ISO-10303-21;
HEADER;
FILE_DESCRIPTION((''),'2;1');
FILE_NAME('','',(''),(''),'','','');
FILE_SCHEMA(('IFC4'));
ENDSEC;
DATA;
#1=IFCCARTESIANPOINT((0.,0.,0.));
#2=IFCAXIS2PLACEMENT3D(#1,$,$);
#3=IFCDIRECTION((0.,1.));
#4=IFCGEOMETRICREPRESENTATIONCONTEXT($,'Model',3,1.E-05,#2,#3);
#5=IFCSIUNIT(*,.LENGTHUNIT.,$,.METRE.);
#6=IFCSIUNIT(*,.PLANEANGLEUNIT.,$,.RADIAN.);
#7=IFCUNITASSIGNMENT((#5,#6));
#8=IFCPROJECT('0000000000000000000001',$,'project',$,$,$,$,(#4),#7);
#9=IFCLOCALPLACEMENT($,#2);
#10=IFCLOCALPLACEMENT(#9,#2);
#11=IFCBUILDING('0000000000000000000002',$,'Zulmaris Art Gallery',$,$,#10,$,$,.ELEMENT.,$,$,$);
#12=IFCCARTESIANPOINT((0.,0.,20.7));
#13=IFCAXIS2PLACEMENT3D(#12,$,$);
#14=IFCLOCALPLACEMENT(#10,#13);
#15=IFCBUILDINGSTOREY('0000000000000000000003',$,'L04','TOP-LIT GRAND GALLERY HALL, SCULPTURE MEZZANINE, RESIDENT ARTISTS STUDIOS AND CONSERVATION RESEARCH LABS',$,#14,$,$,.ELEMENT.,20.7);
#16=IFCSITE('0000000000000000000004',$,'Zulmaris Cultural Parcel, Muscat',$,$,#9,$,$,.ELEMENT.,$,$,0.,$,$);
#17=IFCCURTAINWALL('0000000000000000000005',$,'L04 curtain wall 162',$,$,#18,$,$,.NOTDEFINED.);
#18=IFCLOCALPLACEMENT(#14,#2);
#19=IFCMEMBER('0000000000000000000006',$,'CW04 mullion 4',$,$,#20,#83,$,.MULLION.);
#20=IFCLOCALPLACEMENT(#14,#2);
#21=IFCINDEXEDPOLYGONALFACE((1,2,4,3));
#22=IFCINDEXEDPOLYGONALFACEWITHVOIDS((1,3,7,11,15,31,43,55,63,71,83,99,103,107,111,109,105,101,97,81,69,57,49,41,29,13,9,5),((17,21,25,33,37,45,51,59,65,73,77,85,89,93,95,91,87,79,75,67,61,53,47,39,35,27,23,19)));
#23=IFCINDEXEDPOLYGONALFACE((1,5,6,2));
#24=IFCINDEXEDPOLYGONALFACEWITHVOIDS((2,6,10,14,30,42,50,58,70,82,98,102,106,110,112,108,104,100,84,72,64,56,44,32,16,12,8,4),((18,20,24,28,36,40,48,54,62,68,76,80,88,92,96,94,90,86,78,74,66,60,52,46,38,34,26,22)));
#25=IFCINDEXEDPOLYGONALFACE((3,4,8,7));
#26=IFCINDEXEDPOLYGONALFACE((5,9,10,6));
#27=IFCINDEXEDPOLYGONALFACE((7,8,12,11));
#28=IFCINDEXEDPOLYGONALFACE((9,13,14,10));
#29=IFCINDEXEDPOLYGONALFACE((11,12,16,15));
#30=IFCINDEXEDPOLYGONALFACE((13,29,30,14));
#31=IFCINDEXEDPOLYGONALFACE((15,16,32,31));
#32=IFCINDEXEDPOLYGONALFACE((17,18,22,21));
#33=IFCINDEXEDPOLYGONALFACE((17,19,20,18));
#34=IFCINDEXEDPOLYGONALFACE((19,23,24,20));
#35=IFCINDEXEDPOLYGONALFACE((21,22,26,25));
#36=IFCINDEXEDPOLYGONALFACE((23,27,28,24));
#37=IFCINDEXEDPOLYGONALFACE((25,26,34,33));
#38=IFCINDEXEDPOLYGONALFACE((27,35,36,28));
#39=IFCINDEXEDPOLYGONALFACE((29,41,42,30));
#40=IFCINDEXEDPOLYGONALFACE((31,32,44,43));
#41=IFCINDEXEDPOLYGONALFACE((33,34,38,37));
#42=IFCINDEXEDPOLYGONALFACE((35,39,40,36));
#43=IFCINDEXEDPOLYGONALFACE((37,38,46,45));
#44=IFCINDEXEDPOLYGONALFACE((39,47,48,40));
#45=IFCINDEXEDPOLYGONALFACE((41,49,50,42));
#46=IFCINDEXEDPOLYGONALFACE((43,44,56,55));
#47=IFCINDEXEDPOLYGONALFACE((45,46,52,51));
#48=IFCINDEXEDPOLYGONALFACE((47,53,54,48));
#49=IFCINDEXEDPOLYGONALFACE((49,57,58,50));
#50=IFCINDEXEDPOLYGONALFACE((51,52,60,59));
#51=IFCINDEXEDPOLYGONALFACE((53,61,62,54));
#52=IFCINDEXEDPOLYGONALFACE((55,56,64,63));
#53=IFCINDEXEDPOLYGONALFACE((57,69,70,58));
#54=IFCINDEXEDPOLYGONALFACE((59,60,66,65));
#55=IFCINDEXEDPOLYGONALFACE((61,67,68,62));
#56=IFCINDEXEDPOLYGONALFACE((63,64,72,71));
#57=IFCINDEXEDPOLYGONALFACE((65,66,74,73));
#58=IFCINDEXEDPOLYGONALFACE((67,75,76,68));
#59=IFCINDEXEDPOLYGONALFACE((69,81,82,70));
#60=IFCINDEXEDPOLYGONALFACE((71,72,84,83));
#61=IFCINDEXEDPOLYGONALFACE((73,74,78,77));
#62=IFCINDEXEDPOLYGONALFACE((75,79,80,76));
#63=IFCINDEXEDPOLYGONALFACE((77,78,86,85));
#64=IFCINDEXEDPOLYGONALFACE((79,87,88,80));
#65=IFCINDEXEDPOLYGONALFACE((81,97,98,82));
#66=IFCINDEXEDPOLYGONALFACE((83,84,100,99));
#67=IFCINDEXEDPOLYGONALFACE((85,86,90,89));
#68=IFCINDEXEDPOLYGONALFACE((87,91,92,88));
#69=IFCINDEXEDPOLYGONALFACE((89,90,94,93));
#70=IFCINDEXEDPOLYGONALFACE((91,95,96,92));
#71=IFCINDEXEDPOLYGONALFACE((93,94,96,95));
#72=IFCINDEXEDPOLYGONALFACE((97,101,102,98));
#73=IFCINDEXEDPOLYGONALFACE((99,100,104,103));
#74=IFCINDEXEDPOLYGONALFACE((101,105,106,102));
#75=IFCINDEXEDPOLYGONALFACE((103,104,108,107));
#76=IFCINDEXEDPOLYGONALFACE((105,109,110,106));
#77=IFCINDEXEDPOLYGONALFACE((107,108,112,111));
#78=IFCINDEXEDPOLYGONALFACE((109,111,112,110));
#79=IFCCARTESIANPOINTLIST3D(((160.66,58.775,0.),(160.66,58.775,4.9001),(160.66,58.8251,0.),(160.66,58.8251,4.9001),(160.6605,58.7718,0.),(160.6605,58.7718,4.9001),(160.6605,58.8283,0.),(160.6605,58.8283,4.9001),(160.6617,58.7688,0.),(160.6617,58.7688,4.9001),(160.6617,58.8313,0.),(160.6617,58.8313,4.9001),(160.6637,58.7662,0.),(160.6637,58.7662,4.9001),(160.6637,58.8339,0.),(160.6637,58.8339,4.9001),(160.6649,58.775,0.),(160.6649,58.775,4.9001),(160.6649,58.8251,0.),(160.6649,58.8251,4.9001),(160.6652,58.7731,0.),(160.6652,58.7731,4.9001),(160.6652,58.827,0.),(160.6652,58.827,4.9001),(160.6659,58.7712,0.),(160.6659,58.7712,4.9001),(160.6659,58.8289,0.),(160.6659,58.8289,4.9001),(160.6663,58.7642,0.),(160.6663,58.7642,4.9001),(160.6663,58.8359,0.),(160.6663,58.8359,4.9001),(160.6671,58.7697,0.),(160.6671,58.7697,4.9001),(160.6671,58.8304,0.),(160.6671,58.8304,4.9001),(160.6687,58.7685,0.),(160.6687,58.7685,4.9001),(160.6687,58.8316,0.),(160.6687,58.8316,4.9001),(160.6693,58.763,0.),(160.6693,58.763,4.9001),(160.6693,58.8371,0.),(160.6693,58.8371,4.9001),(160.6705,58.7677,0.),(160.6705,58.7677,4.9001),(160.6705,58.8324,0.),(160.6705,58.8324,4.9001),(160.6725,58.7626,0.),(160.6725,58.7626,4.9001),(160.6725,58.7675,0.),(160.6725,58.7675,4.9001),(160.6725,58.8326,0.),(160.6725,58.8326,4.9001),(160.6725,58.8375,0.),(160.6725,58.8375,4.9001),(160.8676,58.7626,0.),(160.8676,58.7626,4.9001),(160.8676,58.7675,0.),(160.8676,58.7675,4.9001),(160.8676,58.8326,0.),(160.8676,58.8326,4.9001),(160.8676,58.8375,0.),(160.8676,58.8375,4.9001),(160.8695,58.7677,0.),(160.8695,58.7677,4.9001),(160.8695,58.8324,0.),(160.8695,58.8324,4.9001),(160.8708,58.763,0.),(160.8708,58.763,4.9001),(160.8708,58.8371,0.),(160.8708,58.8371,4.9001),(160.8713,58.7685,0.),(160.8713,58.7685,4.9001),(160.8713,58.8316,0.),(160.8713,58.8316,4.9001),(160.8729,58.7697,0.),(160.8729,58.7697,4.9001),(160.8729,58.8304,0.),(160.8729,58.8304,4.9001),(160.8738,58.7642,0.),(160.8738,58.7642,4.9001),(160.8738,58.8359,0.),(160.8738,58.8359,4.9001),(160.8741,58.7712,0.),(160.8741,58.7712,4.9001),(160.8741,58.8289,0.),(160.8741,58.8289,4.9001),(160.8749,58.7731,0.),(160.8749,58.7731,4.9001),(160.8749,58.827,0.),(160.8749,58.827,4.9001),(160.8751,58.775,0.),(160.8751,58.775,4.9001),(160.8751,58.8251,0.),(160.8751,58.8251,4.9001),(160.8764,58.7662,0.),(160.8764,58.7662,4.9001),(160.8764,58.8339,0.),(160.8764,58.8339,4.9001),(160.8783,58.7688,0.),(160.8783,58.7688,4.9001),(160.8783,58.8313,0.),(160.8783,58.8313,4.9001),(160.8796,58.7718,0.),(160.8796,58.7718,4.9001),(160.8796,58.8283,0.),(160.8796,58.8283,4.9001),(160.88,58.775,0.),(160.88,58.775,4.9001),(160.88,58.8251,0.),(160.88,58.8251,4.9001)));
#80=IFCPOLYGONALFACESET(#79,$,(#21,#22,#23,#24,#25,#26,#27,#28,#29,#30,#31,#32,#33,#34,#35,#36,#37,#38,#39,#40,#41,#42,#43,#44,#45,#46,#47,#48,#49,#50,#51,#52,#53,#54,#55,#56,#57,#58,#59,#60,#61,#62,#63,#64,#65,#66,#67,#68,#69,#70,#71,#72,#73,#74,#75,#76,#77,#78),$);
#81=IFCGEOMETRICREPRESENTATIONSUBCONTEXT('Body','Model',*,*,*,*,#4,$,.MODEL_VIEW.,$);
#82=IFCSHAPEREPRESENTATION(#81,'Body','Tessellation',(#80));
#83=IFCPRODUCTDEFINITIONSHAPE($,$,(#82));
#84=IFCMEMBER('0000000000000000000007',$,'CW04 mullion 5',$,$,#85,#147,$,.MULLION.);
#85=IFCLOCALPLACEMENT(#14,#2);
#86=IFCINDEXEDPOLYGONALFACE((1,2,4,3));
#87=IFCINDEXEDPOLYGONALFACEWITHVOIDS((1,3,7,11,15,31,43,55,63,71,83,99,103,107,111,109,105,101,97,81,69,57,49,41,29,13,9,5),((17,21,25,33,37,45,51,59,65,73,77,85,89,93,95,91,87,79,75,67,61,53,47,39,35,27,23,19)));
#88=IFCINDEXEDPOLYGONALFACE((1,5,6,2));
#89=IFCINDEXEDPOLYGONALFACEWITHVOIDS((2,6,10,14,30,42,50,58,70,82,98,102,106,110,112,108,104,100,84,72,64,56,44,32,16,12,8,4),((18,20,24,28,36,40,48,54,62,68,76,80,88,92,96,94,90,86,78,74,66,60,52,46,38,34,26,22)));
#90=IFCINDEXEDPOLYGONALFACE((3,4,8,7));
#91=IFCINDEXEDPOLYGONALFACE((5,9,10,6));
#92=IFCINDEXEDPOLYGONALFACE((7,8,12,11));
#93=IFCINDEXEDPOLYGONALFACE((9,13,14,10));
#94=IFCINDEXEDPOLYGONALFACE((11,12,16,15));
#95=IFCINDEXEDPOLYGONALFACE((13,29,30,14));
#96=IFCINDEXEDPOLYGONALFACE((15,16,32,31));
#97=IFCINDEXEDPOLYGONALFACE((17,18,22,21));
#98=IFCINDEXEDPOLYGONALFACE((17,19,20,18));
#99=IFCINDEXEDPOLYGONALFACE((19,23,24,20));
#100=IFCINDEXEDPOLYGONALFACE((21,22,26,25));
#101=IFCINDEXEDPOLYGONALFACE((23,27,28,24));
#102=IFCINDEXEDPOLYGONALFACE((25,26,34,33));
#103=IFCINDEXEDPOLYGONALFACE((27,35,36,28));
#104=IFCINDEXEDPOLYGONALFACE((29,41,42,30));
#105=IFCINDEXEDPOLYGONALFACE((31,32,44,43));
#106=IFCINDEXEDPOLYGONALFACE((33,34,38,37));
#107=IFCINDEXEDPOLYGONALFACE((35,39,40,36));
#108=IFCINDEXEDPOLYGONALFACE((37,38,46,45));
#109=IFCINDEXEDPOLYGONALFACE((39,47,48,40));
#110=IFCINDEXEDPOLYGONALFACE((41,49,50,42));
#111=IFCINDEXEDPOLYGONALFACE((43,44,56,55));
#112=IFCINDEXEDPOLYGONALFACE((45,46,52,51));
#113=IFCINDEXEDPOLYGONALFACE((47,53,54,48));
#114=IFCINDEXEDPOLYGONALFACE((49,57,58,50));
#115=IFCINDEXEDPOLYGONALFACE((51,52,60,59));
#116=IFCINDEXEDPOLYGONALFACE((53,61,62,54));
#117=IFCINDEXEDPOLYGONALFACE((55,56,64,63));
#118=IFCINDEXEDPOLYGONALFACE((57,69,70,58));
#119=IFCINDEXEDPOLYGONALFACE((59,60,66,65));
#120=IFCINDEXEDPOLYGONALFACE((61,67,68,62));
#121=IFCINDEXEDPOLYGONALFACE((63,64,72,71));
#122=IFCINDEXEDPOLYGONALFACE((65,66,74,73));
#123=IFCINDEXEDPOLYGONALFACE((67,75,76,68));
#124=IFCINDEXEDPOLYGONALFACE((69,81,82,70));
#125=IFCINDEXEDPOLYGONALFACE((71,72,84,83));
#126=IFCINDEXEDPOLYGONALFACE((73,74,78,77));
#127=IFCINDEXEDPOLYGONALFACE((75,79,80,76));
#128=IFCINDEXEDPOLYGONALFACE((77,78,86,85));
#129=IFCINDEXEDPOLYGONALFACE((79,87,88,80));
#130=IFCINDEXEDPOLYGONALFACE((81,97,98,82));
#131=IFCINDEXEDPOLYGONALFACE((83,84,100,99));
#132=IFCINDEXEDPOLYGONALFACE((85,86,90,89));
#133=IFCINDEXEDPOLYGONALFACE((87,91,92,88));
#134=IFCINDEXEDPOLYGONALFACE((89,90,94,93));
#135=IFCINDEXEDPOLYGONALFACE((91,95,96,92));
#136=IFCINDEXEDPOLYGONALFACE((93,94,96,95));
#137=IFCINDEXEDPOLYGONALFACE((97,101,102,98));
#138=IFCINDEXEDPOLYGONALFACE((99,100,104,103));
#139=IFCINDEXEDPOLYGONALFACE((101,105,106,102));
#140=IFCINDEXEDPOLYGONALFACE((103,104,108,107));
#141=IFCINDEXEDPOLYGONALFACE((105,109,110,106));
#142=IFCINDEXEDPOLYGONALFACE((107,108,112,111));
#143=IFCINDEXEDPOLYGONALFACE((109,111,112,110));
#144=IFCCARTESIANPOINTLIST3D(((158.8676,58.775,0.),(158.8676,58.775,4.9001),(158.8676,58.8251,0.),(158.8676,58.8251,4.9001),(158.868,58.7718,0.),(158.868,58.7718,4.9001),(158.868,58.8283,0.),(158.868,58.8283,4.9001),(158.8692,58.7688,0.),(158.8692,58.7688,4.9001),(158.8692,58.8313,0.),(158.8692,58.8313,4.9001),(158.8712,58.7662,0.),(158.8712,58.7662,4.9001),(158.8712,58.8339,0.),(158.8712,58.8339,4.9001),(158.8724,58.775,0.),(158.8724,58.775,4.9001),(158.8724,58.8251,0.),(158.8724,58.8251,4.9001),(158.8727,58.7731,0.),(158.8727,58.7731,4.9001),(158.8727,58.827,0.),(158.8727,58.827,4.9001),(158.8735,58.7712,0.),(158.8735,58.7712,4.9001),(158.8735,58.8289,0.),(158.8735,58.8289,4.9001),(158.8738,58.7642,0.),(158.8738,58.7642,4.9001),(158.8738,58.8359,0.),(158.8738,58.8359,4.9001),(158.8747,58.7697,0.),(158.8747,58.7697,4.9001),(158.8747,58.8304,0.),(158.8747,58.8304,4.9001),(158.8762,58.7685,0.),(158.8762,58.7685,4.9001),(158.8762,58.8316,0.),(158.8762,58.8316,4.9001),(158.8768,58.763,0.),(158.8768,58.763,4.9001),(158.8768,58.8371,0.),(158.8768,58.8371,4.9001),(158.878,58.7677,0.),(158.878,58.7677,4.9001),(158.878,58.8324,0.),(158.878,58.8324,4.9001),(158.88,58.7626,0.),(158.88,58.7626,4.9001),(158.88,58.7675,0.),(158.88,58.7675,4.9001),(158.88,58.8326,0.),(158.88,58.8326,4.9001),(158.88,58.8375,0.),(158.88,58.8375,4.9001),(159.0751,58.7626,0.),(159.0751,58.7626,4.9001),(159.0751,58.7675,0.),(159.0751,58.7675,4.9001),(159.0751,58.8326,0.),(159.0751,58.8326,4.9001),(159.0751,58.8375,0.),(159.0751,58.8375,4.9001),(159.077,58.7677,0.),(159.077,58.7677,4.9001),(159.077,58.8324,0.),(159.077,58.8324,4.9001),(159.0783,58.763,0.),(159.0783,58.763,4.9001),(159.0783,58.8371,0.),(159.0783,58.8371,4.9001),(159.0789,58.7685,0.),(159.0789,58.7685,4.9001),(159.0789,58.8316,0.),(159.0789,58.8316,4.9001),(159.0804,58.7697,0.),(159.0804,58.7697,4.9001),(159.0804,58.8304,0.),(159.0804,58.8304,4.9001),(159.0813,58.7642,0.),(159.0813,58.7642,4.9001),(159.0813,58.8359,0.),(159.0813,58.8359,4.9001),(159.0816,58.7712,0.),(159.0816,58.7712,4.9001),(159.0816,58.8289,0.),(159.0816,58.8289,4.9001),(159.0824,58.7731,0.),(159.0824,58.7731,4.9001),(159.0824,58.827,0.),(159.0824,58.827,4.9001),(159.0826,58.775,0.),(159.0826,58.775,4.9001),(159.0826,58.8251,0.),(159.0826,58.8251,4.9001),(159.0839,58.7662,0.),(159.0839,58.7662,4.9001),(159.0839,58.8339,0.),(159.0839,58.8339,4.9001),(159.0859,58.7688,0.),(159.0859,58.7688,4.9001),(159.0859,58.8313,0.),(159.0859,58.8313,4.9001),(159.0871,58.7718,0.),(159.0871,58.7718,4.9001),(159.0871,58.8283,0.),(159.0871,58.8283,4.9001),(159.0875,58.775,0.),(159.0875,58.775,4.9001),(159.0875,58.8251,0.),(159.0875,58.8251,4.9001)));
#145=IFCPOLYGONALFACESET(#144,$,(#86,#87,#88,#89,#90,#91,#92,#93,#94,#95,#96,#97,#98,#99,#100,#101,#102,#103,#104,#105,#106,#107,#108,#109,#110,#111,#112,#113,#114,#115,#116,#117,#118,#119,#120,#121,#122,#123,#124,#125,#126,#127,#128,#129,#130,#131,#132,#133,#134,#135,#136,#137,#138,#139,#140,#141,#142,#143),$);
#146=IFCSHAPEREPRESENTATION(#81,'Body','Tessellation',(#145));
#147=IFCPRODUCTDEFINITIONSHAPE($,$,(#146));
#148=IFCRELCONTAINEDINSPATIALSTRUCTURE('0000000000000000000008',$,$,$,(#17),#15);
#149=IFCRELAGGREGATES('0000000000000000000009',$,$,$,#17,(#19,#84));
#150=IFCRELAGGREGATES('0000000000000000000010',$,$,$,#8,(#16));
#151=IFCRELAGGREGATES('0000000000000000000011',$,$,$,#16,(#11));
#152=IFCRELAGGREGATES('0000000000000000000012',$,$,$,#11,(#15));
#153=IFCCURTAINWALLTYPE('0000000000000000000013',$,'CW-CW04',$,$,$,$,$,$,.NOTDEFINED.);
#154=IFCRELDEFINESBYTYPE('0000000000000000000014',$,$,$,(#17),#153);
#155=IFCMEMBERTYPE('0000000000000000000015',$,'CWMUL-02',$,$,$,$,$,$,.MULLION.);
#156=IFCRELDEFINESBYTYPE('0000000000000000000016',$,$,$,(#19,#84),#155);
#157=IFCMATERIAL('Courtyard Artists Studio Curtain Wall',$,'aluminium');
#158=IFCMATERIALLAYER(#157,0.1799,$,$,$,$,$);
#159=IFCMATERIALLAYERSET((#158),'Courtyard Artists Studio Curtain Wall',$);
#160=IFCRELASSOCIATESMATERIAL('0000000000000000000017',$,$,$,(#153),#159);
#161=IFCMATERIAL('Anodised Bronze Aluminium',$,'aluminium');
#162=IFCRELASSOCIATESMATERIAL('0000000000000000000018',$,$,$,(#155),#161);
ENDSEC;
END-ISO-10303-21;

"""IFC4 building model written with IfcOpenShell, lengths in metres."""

from ifc_helpers import new_model, si_unit, direction, frame, origin, origin_2d, place, context, subcontext, project, spatial, hollow_rectangle, extrude, material, layer, layer_set, material_profile, profile_set, type_object, element, aggregate, save


model = new_model("IFC4")

# Units and contexts
model_context = context("Model", 3, precision=1e-05, world=origin(), true_north=direction((0.0, 1.0)))
body_context = subcontext(model_context, "Body", "Model", "MODEL_VIEW")
ifc_project = project(units=[si_unit("LENGTHUNIT", "METRE"), si_unit("PLANEANGLEUNIT", "RADIAN")], contexts=[model_context])

# Site, building, storey
site_placement = place(None, origin())
site = spatial("IfcSite", under=ifc_project, at=site_placement, Name="Zulmaris Cultural Parcel, Muscat", CompositionType="ELEMENT", RefElevation=0.0)
building_placement = place(site_placement, origin())
building = spatial("IfcBuilding", under=site, at=building_placement, Name="Zulmaris Art Gallery", CompositionType="ELEMENT")
storey_placement = place(building_placement, frame((0.0, 0.0, 20.7)))
storey = spatial("IfcBuildingStorey", under=building, at=storey_placement, Name="L04", Description="TOP-LIT GRAND GALLERY HALL, SCULPTURE MEZZANINE, RESIDENT ARTISTS STUDIOS AND CONSERVATION RESEARCH LABS", CompositionType="ELEMENT", Elevation=20.7)

# Shared definitions
ifc_material_1 = material(Name="Courtyard Artists Studio Curtain Wall", Category="aluminium")
ifc_layer_1 = layer(ifc_material_1, 0.1799)
ifc_layer_set_1 = layer_set([ifc_layer_1], Name="Courtyard Artists Studio Curtain Wall")
curtain_wall_type = type_object("IfcCurtainWallType", Name="CW-CW04", PredefinedType="NOTDEFINED", material=ifc_layer_set_1)
ifc_material_2 = material(Name="Anodised Bronze Aluminium", Category="aluminium")
ifc_material_profile_1 = material_profile(ifc_material_2, hollow_rectangle(XDim=0.075, YDim=0.22, WallThickness=0.0049, InnerFilletRadius=0.0076, OuterFilletRadius=0.0125, at=origin_2d()), Name="ALU 75x220x5")
ifc_profile_set_1 = profile_set([ifc_material_profile_1], Name="Anodised Bronze Aluminium")
member_type_1 = type_object("IfcMemberType", Name="CWMUL-02", PredefinedType="MULLION", material=ifc_profile_set_1)

# Curtain wall, members
curtain_wall_1_placement = place(storey_placement, origin())
curtain_wall_1 = element("IfcCurtainWall", 1, at=curtain_wall_1_placement, inside=storey, type_object=curtain_wall_type, Name="L04 curtain wall 162", PredefinedType="NOTDEFINED")
member_1_placement = place(storey_placement, frame((160.77, 58.8, 0.0), z_axis=(0.0, 0.0, 1.0), x_axis=(0.0, -1.0, 0.0)))
member_1 = element("IfcMember", 2, at=member_1_placement, type_object=member_type_1, Name="CW04 mullion 4", PredefinedType="MULLION", context=body_context, shape_type="SweptSolid", body=[
    extrude(hollow_rectangle(XDim=0.075, YDim=0.22, WallThickness=0.0049, InnerFilletRadius=0.0076, OuterFilletRadius=0.0125, at=origin_2d()), origin(), (0.0, 0.0, 1.0), 4.9001),
])
member_2_placement = place(storey_placement, frame((158.9775, 58.8, 0.0), z_axis=(0.0, 0.0, 1.0), x_axis=(0.0, -1.0, 0.0)))
member_2 = element("IfcMember", 3, at=member_2_placement, type_object=member_type_1, Name="CW04 mullion 5", PredefinedType="MULLION", context=body_context, shape_type="SweptSolid", body=[
    extrude(hollow_rectangle(XDim=0.075, YDim=0.22, WallThickness=0.0049, InnerFilletRadius=0.0076, OuterFilletRadius=0.0125, at=origin_2d()), origin(), (0.0, 0.0, 1.0), 4.9001),
])
aggregate(curtain_wall_1, [member_1, member_2])

save(model, "model.ifc")
